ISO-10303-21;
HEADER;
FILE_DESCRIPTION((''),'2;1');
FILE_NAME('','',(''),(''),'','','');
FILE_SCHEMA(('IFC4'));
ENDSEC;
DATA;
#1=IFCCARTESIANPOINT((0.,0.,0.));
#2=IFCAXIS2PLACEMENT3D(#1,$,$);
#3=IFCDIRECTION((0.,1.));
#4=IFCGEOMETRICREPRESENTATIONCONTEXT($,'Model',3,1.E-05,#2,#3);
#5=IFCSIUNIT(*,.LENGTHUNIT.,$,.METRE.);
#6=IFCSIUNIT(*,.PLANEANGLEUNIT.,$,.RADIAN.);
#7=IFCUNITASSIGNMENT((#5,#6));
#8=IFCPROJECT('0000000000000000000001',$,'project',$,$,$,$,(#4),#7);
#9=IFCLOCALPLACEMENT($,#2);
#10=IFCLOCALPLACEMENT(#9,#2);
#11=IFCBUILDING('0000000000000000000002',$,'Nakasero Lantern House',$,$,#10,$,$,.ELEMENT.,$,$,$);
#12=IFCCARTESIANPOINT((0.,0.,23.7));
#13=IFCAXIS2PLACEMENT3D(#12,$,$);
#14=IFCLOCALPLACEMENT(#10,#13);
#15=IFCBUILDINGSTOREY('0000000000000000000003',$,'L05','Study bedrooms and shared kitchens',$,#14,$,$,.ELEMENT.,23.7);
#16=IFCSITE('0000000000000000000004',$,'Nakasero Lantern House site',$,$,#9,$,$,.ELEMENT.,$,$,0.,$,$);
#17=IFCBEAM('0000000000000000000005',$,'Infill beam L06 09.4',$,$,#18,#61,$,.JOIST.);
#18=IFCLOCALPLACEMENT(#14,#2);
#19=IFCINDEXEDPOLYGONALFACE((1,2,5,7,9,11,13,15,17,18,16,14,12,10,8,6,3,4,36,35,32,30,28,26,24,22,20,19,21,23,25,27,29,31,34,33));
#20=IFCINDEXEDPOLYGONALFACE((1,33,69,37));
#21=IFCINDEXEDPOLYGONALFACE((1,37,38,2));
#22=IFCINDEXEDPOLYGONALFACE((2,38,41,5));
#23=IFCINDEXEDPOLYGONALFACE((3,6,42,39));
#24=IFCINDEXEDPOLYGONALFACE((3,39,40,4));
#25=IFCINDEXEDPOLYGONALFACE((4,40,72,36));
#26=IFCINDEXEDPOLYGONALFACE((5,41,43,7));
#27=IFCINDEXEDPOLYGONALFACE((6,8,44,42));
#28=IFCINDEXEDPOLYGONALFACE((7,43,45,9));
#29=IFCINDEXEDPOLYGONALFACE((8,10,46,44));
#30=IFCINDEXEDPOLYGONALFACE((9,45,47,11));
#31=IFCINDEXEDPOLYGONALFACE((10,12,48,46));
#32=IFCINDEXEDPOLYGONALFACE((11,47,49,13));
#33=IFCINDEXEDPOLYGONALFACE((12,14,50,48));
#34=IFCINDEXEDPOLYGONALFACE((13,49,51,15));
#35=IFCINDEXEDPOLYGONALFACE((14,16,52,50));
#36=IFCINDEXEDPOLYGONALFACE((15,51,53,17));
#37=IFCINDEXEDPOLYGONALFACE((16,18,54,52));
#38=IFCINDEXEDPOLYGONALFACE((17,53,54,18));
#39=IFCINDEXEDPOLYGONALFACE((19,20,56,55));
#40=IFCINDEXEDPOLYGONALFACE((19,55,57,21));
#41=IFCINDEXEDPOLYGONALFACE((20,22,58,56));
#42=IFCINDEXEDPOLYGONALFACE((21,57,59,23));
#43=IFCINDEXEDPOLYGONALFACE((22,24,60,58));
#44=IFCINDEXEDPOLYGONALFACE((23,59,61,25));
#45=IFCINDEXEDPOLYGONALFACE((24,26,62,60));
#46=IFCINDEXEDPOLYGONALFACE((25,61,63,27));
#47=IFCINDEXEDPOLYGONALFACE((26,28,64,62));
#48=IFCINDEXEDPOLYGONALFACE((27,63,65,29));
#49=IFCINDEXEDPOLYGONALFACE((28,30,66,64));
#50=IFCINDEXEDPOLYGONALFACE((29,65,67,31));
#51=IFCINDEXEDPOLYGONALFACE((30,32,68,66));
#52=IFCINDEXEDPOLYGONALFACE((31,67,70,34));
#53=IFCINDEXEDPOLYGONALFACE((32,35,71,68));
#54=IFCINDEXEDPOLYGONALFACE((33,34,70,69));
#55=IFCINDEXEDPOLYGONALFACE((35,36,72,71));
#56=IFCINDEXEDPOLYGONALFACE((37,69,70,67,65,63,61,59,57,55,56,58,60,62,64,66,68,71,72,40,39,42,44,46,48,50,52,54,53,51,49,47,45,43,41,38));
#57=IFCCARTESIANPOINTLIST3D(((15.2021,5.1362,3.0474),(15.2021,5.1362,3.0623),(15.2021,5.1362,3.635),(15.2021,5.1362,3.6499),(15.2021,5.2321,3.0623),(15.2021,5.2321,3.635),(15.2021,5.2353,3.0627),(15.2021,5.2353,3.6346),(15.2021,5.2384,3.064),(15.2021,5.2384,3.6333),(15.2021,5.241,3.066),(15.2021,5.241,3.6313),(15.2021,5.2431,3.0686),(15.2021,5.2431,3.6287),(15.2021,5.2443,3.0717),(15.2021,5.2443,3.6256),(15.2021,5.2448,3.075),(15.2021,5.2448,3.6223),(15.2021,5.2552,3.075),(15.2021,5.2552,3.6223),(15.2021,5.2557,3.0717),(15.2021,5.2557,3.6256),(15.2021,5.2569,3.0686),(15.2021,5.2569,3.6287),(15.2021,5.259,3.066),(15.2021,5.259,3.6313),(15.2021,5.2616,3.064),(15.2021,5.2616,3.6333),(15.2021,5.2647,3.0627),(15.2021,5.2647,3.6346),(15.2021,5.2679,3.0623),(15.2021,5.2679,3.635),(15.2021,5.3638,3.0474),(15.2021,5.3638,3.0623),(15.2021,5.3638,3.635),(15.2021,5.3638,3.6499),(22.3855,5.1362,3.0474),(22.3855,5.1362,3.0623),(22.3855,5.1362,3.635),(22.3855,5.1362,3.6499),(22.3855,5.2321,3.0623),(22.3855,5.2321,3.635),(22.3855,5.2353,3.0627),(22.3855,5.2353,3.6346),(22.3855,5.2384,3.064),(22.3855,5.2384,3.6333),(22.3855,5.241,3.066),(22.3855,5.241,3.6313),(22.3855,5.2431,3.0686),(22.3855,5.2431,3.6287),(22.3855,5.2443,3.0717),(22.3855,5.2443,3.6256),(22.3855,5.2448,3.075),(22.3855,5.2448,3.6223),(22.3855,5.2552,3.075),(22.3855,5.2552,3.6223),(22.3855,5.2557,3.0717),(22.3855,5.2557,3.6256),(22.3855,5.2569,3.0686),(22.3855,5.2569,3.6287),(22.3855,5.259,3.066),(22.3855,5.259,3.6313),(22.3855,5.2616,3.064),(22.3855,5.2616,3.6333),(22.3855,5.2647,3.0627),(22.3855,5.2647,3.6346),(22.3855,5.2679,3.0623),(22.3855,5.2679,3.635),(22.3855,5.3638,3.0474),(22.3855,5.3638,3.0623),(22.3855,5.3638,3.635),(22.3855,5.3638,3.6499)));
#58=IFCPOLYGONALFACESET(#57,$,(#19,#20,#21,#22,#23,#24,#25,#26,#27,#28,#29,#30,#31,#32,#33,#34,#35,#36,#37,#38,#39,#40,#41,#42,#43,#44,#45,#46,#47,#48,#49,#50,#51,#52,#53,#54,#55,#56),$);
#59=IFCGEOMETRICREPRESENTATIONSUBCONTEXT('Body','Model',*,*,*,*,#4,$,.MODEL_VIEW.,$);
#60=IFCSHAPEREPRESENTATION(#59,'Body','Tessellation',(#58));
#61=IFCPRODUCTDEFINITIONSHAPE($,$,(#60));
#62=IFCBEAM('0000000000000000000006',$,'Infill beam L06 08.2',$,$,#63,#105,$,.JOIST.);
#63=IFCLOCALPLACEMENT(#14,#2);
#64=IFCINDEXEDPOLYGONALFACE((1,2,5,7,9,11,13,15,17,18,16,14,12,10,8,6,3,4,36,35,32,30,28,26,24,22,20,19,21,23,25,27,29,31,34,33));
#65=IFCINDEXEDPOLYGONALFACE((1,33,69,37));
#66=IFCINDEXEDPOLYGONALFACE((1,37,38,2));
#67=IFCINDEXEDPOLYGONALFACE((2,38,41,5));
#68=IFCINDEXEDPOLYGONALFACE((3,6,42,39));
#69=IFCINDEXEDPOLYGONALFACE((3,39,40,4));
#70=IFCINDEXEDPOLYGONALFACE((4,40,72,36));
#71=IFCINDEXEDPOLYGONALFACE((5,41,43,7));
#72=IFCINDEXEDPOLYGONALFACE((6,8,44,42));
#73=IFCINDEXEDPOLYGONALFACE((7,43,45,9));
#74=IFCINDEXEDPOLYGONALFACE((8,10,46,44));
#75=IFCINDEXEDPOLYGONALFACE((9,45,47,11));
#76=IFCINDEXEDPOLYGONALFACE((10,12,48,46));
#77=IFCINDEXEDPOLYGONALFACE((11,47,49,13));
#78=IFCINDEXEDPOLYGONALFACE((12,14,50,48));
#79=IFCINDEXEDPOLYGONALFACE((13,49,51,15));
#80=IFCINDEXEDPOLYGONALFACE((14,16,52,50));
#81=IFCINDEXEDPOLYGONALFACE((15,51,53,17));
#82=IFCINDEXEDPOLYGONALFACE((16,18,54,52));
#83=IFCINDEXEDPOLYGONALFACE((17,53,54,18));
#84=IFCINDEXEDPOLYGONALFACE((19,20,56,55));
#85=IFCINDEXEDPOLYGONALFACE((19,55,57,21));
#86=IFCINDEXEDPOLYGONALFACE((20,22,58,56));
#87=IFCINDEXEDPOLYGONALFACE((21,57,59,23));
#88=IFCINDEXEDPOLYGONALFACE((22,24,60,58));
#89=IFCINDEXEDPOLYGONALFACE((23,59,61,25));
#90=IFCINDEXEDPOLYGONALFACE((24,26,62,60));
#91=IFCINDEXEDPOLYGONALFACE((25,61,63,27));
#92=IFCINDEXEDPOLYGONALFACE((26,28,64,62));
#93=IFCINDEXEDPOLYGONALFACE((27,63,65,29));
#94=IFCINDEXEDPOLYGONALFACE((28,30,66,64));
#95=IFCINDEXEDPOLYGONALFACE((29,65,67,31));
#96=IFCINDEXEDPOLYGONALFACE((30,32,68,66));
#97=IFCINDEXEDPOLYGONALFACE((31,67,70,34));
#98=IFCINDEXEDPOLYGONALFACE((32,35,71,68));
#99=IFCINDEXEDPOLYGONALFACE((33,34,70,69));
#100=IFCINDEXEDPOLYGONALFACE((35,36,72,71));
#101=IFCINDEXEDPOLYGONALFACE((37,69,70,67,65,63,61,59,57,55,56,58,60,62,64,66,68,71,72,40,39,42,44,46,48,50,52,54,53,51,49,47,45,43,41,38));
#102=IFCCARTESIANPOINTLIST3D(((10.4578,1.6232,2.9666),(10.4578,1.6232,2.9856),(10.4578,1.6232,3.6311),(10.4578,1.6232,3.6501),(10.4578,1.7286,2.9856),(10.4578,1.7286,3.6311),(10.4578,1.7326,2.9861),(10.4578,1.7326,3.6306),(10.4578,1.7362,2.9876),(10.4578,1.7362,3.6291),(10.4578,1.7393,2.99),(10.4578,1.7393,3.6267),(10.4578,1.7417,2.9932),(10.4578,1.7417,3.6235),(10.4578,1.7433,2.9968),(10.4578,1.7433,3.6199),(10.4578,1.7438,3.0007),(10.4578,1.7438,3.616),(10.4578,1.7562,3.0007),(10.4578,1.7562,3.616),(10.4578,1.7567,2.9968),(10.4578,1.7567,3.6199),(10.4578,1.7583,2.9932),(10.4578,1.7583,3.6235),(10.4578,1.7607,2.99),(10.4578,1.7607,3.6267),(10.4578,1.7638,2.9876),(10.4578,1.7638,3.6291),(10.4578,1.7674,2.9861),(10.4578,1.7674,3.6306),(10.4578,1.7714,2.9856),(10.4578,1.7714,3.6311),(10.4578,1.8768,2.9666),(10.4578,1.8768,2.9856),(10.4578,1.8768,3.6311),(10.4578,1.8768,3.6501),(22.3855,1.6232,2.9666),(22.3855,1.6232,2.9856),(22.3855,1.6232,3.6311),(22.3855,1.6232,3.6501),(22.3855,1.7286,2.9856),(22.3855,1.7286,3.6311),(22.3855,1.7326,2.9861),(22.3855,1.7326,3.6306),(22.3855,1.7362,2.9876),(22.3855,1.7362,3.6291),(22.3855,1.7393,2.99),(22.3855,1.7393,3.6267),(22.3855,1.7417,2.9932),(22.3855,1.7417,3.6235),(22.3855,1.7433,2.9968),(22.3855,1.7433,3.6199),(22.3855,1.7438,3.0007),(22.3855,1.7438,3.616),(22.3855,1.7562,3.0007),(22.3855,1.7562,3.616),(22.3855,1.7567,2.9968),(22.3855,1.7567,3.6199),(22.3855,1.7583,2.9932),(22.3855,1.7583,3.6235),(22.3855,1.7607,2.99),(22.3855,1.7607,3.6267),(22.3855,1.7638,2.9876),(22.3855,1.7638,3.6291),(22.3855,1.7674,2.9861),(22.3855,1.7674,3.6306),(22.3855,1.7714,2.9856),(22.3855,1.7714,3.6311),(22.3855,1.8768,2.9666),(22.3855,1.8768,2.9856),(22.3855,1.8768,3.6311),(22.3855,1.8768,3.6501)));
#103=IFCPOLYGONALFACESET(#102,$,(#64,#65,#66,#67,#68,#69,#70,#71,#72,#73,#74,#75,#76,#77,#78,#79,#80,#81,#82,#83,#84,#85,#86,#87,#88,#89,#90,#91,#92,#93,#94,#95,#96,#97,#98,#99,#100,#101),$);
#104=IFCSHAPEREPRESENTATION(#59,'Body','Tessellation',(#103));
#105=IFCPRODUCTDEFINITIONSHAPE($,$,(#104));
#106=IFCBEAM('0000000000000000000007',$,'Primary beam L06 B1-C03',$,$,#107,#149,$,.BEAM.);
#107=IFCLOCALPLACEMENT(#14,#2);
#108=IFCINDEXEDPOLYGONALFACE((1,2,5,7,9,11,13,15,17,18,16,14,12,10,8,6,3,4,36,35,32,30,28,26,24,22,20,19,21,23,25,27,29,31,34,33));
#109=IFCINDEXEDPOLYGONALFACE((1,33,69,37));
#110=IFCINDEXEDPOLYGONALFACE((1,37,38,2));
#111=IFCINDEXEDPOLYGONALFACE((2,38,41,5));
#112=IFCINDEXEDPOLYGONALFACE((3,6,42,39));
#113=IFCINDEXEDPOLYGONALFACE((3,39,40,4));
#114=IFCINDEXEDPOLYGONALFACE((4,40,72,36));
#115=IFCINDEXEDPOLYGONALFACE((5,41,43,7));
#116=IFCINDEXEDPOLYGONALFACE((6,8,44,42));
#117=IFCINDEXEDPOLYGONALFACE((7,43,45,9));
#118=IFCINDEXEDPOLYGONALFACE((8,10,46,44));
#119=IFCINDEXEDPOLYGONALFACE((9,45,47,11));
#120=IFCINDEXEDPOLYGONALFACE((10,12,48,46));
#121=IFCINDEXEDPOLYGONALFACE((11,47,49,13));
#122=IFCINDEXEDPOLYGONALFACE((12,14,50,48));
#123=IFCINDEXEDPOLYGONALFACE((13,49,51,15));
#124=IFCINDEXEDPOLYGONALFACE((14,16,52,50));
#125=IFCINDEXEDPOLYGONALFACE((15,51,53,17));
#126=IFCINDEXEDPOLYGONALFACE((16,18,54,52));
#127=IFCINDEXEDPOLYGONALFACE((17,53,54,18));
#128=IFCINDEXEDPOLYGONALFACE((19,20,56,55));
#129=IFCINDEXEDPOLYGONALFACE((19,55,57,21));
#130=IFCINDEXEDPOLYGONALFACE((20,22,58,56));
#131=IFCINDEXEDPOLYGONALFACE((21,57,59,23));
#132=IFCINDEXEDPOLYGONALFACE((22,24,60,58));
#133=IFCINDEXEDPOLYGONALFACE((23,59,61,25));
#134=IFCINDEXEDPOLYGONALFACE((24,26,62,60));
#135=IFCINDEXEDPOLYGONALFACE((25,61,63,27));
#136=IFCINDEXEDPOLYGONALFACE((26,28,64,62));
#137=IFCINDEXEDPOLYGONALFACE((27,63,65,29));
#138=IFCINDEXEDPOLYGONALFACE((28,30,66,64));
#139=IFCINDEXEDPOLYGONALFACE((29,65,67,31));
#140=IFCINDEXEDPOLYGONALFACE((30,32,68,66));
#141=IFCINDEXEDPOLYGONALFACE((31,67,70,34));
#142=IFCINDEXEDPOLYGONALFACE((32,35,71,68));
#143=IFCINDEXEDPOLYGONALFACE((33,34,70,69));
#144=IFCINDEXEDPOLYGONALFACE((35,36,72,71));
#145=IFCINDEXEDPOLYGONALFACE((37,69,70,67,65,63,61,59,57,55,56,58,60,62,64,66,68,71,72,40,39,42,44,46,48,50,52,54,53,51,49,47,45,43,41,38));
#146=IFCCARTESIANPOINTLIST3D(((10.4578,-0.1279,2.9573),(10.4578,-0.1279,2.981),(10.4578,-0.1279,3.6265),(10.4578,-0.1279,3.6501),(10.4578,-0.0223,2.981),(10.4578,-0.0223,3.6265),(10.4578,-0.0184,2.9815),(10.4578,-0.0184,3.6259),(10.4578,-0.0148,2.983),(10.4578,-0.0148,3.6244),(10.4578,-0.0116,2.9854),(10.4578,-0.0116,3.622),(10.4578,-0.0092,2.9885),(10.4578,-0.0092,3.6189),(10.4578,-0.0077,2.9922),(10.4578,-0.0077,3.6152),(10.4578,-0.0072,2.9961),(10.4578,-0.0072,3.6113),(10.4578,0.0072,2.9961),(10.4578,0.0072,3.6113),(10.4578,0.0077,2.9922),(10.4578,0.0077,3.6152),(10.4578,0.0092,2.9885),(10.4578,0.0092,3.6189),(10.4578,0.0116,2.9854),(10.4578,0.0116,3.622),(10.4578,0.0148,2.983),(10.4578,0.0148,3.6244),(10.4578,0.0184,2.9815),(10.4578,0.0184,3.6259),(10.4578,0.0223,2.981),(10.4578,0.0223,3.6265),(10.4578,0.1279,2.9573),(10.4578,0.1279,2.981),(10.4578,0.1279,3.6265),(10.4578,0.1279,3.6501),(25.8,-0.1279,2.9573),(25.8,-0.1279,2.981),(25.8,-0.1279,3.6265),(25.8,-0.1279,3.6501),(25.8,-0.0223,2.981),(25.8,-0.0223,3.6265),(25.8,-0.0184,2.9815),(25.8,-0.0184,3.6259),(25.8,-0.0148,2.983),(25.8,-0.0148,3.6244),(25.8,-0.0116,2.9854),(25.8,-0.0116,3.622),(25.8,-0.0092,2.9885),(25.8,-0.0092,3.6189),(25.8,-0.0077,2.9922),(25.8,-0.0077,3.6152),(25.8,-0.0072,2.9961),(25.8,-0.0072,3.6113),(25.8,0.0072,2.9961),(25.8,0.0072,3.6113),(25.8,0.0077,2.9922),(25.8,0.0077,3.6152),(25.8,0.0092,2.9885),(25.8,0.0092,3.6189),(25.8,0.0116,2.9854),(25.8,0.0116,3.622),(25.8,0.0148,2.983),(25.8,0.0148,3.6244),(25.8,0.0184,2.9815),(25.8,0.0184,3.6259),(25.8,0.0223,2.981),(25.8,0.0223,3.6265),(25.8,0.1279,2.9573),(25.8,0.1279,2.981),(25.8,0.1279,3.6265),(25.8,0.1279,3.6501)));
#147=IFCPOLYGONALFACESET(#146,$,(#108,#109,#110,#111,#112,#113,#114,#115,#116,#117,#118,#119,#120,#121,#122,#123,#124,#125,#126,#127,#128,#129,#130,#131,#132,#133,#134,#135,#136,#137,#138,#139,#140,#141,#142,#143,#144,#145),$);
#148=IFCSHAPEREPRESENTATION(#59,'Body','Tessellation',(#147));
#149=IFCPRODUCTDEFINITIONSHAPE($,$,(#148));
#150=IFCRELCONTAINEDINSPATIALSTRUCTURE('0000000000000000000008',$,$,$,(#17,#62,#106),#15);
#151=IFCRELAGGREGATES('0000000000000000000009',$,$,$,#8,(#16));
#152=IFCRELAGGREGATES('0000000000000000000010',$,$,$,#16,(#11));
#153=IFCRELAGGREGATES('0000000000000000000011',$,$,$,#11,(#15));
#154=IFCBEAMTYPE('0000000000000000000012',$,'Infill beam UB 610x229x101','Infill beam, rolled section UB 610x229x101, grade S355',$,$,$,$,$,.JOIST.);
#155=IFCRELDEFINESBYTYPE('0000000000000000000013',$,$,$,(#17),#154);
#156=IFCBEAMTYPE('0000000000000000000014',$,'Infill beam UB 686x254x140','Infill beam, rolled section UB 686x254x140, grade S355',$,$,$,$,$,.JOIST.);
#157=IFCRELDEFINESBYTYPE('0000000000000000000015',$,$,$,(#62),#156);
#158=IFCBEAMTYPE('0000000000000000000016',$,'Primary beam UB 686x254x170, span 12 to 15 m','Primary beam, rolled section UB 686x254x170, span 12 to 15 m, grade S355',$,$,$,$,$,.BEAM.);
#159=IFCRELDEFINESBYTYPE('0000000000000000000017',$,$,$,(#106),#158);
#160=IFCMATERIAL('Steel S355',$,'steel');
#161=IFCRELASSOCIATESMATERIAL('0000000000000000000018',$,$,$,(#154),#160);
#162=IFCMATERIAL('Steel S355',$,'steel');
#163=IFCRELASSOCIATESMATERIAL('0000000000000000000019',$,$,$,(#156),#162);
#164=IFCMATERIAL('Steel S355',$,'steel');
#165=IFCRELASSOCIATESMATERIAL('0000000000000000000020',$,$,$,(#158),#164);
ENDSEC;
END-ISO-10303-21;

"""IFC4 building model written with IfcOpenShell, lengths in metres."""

from ifc_helpers import new_model, si_unit, direction, frame, origin, origin_2d, place, context, subcontext, project, spatial, i_section, extrude, material, material_profile, profile_set, type_object, element, save


model = new_model("IFC4")

# Units and contexts
model_context = context("Model", 3, precision=1e-05, world=origin(), true_north=direction((0.0, 1.0)))
body_context = subcontext(model_context, "Body", "Model", "MODEL_VIEW")
ifc_project = project(units=[si_unit("LENGTHUNIT", "METRE"), si_unit("PLANEANGLEUNIT", "RADIAN")], contexts=[model_context])

# Site, building, storey
site_placement = place(None, origin())
site = spatial("IfcSite", under=ifc_project, at=site_placement, Name="Nakasero Lantern House site", CompositionType="ELEMENT", RefElevation=0.0)
building_placement = place(site_placement, origin())
building = spatial("IfcBuilding", under=site, at=building_placement, Name="Nakasero Lantern House", CompositionType="ELEMENT")
storey_placement = place(building_placement, frame((0.0, 0.0, 23.7)))
storey = spatial("IfcBuildingStorey", under=building, at=storey_placement, Name="L05", Description="Study bedrooms and shared kitchens", CompositionType="ELEMENT", Elevation=23.7)

# Beams
ifc_material_1 = material(Name="Steel S355", Category="steel")
ifc_material_profile_1 = material_profile(ifc_material_1, i_section(OverallWidth=0.2275, OverallDepth=0.6025, WebThickness=0.0105, FlangeThickness=0.0149, FilletRadius=0.0127, at=origin_2d()), Name="UB 610x229x101")
ifc_profile_set_1 = profile_set([ifc_material_profile_1], Name="Steel S355")
beam_type_1 = type_object("IfcBeamType", Name="Infill beam UB 610x229x101", Description="Infill beam, rolled section UB 610x229x101, grade S355", PredefinedType="JOIST", material=ifc_profile_set_1)
beam_1_placement = place(storey_placement, frame((15.2021, 5.25, 3.3486), z_axis=(1.0, 0.0, 0.0), x_axis=(0.0, 1.0, 0.0)))
element("IfcBeam", 1, at=beam_1_placement, inside=storey, type_object=beam_type_1, Name="Infill beam L06 09.4", PredefinedType="JOIST", context=body_context, shape_type="SweptSolid", body=[
    extrude(i_section(OverallWidth=0.2275, OverallDepth=0.6025, WebThickness=0.0105, FlangeThickness=0.0149, FilletRadius=0.0127, at=origin_2d()), origin(), (0.0, 0.0, 1.0), 7.1833),
])
ifc_material_2 = material(Name="Steel S355", Category="steel")
ifc_material_profile_2 = material_profile(ifc_material_2, i_section(OverallWidth=0.2537, OverallDepth=0.6836, WebThickness=0.0125, FlangeThickness=0.019, FilletRadius=0.0151, at=origin_2d()), Name="UB 686x254x140")
ifc_profile_set_2 = profile_set([ifc_material_profile_2], Name="Steel S355")
beam_type_2 = type_object("IfcBeamType", Name="Infill beam UB 686x254x140", Description="Infill beam, rolled section UB 686x254x140, grade S355", PredefinedType="JOIST", material=ifc_profile_set_2)
beam_2_placement = place(storey_placement, frame((10.4578, 1.75, 3.3083), z_axis=(1.0, 0.0, 0.0), x_axis=(0.0, 1.0, 0.0)))
element("IfcBeam", 2, at=beam_2_placement, inside=storey, type_object=beam_type_2, Name="Infill beam L06 08.2", PredefinedType="JOIST", context=body_context, shape_type="SweptSolid", body=[
    extrude(i_section(OverallWidth=0.2537, OverallDepth=0.6836, WebThickness=0.0125, FlangeThickness=0.019, FilletRadius=0.0151, at=origin_2d()), origin(), (0.0, 0.0, 1.0), 11.9277),
])
ifc_material_3 = material(Name="Steel S355", Category="steel")
ifc_material_profile_3 = material_profile(ifc_material_3, i_section(OverallWidth=0.2559, OverallDepth=0.6929, WebThickness=0.0144, FlangeThickness=0.0237, FilletRadius=0.0151, at=origin_2d()), Name="UB 686x254x170")
ifc_profile_set_3 = profile_set([ifc_material_profile_3], Name="Steel S355")
beam_type_3 = type_object("IfcBeamType", Name="Primary beam UB 686x254x170, span 12 to 15 m", Description="Primary beam, rolled section UB 686x254x170, span 12 to 15 m, grade S355", PredefinedType="BEAM", material=ifc_profile_set_3)
beam_3_placement = place(storey_placement, frame((25.8, 0.0, 3.3037), z_axis=(-1.0, 0.0, 0.0), x_axis=(0.0, -1.0, 0.0)))
element("IfcBeam", 3, at=beam_3_placement, inside=storey, type_object=beam_type_3, Name="Primary beam L06 B1-C03", PredefinedType="BEAM", context=body_context, shape_type="SweptSolid", body=[
    extrude(i_section(OverallWidth=0.2559, OverallDepth=0.6929, WebThickness=0.0144, FlangeThickness=0.0237, FilletRadius=0.0151, at=origin_2d()), origin(), (0.0, 0.0, 1.0), 15.3423),
])

save(model, "model.ifc")
